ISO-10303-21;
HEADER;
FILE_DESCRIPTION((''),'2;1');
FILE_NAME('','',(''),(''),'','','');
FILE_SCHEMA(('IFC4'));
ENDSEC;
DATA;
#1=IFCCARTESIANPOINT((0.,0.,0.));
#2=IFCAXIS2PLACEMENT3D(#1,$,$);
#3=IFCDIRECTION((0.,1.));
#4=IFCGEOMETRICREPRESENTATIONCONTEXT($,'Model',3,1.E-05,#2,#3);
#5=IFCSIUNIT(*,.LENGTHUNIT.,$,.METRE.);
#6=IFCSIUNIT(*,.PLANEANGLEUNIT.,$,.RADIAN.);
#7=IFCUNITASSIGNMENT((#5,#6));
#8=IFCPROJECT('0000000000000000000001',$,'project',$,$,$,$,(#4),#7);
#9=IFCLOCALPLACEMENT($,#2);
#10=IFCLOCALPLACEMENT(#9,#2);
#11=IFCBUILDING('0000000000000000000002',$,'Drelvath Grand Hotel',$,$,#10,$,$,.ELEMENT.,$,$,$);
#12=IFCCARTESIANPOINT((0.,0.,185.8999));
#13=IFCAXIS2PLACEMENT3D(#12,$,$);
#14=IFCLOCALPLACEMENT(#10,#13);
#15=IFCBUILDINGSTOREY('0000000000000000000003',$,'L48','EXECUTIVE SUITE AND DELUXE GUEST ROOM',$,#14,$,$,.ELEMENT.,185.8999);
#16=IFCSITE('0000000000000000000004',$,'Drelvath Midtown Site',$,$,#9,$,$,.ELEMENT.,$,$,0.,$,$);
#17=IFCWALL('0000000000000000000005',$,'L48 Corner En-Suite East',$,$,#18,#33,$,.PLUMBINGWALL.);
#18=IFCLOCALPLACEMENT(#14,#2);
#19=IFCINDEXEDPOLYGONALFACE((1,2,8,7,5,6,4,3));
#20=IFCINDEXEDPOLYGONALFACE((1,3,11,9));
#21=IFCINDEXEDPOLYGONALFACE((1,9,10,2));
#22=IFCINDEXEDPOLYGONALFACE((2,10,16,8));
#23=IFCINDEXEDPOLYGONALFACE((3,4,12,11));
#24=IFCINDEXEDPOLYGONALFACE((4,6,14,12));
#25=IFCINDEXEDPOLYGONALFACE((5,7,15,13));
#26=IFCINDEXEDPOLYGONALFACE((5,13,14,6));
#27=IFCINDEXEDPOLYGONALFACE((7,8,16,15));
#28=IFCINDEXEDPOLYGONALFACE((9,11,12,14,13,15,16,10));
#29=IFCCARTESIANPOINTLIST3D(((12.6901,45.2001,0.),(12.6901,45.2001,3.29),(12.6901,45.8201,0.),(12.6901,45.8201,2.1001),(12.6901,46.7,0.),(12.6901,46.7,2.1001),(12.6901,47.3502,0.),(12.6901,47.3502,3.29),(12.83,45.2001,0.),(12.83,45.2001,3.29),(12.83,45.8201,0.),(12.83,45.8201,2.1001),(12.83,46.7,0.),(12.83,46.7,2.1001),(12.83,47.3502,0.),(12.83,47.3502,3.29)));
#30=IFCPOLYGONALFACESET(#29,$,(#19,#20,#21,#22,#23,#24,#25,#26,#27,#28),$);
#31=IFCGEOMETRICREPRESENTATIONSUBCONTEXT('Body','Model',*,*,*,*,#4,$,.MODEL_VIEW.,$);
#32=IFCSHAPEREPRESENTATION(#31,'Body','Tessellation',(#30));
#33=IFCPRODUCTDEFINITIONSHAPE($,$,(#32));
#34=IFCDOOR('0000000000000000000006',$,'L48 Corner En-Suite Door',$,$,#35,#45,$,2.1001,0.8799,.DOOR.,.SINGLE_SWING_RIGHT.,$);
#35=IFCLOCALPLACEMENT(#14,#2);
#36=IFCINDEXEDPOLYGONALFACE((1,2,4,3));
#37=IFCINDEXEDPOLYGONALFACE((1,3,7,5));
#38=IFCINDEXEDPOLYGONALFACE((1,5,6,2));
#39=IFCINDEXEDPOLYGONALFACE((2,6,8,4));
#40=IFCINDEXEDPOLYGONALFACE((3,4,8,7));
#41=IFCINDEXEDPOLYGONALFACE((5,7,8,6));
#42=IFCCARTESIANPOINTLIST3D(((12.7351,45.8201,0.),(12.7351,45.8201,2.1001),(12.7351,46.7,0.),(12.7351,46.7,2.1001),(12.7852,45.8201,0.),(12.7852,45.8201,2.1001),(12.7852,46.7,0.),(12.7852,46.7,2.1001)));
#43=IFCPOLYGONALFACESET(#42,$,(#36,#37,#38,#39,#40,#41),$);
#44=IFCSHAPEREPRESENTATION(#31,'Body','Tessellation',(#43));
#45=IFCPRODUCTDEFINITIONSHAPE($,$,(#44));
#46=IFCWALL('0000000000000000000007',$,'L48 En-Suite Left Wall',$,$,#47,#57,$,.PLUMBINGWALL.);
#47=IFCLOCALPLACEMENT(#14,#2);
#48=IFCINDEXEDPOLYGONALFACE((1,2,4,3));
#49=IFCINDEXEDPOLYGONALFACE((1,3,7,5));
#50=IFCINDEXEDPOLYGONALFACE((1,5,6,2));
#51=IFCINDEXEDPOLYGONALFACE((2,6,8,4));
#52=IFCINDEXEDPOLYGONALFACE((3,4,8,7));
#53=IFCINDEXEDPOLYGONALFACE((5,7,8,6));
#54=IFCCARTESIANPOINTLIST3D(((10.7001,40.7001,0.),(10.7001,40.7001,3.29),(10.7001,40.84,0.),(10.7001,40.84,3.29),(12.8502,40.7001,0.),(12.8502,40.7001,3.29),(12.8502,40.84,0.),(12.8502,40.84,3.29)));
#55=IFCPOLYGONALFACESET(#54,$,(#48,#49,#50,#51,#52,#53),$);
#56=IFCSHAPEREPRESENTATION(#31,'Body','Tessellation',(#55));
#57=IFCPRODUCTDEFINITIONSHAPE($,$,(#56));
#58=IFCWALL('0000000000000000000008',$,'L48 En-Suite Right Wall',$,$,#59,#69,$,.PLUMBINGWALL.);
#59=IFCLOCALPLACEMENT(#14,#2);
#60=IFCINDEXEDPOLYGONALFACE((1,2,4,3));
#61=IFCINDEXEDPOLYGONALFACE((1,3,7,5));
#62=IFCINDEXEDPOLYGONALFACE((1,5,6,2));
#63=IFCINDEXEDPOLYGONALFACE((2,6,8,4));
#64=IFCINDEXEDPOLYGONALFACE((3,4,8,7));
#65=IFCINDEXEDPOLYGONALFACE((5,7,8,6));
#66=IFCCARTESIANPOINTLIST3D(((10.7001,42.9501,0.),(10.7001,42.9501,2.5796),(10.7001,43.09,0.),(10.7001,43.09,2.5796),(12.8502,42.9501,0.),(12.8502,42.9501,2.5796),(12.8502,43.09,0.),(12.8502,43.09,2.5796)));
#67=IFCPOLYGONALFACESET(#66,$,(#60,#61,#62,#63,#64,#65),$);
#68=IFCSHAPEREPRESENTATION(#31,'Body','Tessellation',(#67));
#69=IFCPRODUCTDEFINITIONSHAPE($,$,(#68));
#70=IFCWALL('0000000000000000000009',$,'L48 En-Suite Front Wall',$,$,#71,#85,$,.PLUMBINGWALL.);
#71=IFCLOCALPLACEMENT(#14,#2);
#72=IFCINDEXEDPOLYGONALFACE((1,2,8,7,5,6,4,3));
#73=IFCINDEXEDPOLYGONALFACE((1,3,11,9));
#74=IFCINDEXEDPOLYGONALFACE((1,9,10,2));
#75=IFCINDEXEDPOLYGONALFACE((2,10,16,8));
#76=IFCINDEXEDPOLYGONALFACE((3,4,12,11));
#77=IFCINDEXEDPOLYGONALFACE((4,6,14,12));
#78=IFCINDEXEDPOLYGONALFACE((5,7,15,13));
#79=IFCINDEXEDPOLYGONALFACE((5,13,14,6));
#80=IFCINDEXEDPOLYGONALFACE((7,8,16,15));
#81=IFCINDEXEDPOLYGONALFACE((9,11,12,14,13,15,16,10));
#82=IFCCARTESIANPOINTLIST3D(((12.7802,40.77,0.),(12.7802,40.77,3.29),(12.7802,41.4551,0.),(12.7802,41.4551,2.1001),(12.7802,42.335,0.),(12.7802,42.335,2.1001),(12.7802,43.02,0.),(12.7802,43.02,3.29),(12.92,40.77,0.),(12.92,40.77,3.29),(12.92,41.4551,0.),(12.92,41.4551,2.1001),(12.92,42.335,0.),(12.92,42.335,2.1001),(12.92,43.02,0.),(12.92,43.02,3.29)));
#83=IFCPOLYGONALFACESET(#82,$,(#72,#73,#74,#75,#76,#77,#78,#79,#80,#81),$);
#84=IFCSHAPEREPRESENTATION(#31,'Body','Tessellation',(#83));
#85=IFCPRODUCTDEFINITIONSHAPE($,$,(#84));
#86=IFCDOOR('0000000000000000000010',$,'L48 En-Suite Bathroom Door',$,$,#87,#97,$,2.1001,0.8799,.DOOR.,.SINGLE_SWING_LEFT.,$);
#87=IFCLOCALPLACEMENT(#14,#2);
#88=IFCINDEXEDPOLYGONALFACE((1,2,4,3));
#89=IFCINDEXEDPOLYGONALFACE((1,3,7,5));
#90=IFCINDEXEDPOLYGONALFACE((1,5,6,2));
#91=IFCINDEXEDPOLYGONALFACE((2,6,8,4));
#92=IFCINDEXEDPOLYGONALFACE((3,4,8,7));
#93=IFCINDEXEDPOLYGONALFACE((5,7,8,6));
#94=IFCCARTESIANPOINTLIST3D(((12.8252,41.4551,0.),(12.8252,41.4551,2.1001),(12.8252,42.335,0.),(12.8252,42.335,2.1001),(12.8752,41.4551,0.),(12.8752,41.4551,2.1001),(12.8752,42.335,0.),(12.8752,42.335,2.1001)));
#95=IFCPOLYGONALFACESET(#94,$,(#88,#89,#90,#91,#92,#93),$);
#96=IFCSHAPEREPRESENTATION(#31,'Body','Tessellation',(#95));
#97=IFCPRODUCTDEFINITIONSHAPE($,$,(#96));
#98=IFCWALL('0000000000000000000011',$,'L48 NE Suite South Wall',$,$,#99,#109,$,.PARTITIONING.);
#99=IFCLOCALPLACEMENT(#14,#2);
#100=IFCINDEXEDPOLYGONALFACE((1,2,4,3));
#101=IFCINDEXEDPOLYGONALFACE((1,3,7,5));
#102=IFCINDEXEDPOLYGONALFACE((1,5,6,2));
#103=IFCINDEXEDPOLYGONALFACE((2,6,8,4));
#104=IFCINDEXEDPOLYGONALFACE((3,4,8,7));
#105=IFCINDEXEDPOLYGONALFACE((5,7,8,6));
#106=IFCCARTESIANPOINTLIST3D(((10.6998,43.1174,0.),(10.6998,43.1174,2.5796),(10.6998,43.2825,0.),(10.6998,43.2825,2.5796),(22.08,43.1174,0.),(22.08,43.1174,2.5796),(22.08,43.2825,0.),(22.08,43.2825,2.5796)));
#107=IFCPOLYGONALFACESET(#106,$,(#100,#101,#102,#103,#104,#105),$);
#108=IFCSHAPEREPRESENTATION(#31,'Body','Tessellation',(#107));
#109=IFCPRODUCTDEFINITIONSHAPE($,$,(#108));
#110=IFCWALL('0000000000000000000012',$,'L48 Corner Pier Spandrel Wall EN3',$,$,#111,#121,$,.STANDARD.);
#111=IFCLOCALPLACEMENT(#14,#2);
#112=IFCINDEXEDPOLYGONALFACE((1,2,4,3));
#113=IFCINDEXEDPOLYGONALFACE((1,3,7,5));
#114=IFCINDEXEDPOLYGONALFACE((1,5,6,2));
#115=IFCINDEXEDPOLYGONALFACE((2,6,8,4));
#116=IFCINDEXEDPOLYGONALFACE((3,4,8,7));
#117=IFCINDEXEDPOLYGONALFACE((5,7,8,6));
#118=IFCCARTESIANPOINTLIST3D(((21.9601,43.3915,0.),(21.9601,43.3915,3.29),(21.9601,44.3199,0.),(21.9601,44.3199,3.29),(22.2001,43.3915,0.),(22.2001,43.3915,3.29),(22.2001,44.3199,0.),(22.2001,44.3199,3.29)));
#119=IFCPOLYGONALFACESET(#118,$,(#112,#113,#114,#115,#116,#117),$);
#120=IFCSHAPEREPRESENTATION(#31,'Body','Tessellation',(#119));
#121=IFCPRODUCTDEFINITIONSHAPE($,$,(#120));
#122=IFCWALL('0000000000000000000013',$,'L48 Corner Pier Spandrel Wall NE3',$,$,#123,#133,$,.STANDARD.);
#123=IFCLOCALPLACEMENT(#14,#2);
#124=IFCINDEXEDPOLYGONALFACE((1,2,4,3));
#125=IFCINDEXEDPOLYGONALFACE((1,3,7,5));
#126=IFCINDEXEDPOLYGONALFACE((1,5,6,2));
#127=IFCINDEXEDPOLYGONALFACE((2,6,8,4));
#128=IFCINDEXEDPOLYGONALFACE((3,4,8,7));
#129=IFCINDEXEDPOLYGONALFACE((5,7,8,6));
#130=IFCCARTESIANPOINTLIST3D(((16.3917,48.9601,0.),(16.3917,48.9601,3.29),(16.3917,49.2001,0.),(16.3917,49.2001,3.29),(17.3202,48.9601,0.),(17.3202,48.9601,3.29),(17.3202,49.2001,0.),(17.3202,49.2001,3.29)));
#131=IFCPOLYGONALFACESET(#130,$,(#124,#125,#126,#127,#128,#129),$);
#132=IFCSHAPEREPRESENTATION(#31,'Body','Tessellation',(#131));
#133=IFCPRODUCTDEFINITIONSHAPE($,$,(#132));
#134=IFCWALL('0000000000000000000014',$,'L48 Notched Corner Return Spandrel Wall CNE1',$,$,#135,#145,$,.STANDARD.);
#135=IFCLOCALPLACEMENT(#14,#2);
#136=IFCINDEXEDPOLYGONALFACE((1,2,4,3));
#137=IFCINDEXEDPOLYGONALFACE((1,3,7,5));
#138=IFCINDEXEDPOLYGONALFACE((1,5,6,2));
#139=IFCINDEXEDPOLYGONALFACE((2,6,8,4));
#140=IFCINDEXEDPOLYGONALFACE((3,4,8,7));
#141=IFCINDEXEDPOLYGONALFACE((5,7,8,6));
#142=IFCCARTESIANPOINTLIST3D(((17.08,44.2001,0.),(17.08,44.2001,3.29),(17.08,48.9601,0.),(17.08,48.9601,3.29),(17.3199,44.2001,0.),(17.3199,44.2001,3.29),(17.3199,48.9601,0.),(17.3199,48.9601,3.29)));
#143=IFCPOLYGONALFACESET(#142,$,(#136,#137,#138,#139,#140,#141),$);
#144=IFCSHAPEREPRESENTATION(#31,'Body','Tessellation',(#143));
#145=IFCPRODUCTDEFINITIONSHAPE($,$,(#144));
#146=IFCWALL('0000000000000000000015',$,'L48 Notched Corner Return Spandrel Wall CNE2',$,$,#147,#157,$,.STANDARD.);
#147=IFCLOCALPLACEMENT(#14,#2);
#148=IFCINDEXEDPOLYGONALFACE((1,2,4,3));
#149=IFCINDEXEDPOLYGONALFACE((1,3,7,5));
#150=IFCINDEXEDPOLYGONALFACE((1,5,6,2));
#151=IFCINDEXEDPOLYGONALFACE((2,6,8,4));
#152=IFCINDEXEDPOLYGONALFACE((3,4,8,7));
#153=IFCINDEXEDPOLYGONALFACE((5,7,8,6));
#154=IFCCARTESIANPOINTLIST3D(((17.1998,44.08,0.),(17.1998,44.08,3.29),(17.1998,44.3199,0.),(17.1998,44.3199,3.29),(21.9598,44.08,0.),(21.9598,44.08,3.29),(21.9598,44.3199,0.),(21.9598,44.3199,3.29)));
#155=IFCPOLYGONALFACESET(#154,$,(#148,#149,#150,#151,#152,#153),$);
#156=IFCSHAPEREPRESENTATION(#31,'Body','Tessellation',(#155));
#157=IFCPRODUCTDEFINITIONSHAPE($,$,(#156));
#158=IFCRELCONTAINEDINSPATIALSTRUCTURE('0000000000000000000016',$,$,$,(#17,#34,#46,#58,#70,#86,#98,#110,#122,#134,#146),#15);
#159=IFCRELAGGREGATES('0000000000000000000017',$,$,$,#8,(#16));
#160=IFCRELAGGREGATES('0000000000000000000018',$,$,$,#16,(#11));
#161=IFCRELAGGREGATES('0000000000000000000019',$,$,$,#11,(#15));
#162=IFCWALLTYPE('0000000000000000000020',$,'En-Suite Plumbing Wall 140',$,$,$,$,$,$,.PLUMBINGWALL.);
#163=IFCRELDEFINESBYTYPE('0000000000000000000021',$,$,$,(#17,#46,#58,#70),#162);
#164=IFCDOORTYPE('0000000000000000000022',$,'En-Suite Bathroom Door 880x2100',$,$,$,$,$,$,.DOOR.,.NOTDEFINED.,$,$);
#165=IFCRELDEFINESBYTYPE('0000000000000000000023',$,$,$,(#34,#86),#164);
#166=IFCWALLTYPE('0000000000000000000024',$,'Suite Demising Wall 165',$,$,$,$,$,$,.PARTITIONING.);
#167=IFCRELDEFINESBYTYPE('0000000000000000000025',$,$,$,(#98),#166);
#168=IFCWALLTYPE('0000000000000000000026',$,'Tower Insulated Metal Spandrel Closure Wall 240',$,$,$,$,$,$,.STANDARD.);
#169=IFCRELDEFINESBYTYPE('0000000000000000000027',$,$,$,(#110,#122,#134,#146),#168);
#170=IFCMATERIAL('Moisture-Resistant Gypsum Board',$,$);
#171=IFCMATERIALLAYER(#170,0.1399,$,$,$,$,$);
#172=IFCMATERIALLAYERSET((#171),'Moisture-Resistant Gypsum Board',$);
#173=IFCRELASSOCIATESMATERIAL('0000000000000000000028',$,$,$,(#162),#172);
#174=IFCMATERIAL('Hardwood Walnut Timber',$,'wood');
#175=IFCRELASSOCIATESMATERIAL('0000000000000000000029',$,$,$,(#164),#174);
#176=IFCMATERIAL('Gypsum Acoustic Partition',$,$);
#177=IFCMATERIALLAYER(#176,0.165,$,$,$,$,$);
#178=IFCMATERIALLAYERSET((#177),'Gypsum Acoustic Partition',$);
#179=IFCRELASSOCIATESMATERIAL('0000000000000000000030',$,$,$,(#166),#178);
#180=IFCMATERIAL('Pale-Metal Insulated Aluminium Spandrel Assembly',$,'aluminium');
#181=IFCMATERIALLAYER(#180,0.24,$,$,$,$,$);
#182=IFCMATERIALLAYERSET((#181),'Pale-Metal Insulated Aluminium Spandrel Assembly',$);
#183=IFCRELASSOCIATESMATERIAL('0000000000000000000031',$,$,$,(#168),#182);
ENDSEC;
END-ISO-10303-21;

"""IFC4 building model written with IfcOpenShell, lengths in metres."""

from ifc_helpers import new_model, si_unit, direction, frame, frame_2d, origin, place, context, subcontext, project, spatial, rectangle, extrude, material, layer, layer_set, type_object, element, fill, save


model = new_model("IFC4")

# Units and contexts
model_context = context("Model", 3, precision=1e-05, world=origin(), true_north=direction((0.0, 1.0)))
body_context = subcontext(model_context, "Body", "Model", "MODEL_VIEW")
ifc_project = project(units=[si_unit("LENGTHUNIT", "METRE"), si_unit("PLANEANGLEUNIT", "RADIAN")], contexts=[model_context])

# Site, building, storey
site_placement = place(None, origin())
site = spatial("IfcSite", under=ifc_project, at=site_placement, Name="Drelvath Midtown Site", CompositionType="ELEMENT", RefElevation=0.0)
building_placement = place(site_placement, origin())
building = spatial("IfcBuilding", under=site, at=building_placement, Name="Drelvath Grand Hotel", CompositionType="ELEMENT")
storey_placement = place(building_placement, frame((0.0, 0.0, 185.8999)))
storey = spatial("IfcBuildingStorey", under=building, at=storey_placement, Name="L48", Description="EXECUTIVE SUITE AND DELUXE GUEST ROOM", CompositionType="ELEMENT", Elevation=185.8999)

# Shared definitions
ifc_material_1 = material(Name="Moisture-Resistant Gypsum Board")
ifc_layer_1 = layer(ifc_material_1, 0.1399)
ifc_layer_set_1 = layer_set([ifc_layer_1], Name="Moisture-Resistant Gypsum Board")
wall_type_1 = type_object("IfcWallType", Name="En-Suite Plumbing Wall 140", PredefinedType="PLUMBINGWALL", material=ifc_layer_set_1)

# Wall, opening, door
wall_1_placement = place(storey_placement, frame((12.76, 45.2, 0.0), z_axis=(0.0, 0.0, 1.0), x_axis=(0.0, 1.0, 0.0)))
wall_1 = element("IfcWall", 1, at=wall_1_placement, inside=storey, type_object=wall_type_1, Name="L48 Corner En-Suite East", PredefinedType="PLUMBINGWALL", context=body_context, shape_type="SweptSolid", body=[
    extrude(rectangle(XDim=2.1501, YDim=0.1399, at=frame_2d((1.0752, 0.0))), origin(), (0.0, 0.0, 1.0), 3.29),
])
opening_1_placement = place(wall_1_placement, frame((0.6201, 0.0, 0.0)))
opening_1 = element("IfcOpeningElement", 2, at=opening_1_placement, cuts=wall_1, PredefinedType="OPENING", context=body_context, shape_type="SweptSolid", body=[
    extrude(rectangle(XDim=0.8799, YDim=2.1001, at=frame_2d((0.4399, 1.05))), frame((0.0, 0.0798, 0.0), z_axis=(0.0, -1.0, 0.0), x_axis=(1.0, 0.0, 0.0)), (0.0, 0.0, 1.0), 0.1599),
])
ifc_material_2 = material(Name="Hardwood Walnut Timber", Category="wood")
door_type = type_object("IfcDoorType", Name="En-Suite Bathroom Door 880x2100", OperationType="NOTDEFINED", PredefinedType="DOOR", material=ifc_material_2)
door_1_placement = place(opening_1_placement, origin())
door_1 = element("IfcDoor", 3, at=door_1_placement, inside=storey, type_object=door_type, Name="L48 Corner En-Suite Door", OperationType="SINGLE_SWING_RIGHT", OverallHeight=2.1001, OverallWidth=0.8799, PredefinedType="DOOR", context=body_context, shape_type="SweptSolid", body=[
    extrude(rectangle(XDim=0.8799, YDim=2.1001, at=frame_2d((0.4399, 1.05))), frame((0.0, 0.0249, 0.0), z_axis=(0.0, -1.0, 0.0), x_axis=(1.0, 0.0, 0.0)), (0.0, 0.0, 1.0), 0.05),
])
fill(opening_1, door_1)

# Walls
wall_2_placement = place(storey_placement, frame((10.7, 40.77, 0.0), z_axis=(0.0, 0.0, 1.0), x_axis=(1.0, 0.0, 0.0)))
element("IfcWall", 4, at=wall_2_placement, inside=storey, type_object=wall_type_1, Name="L48 En-Suite Left Wall", PredefinedType="PLUMBINGWALL", context=body_context, shape_type="SweptSolid", body=[
    extrude(rectangle(XDim=2.1501, YDim=0.1399, at=frame_2d((1.0752, 0.0))), origin(), (0.0, 0.0, 1.0), 3.29),
])
wall_3_placement = place(storey_placement, frame((10.7, 43.02, 0.0), z_axis=(0.0, 0.0, 1.0), x_axis=(1.0, 0.0, 0.0)))
element("IfcWall", 5, at=wall_3_placement, inside=storey, type_object=wall_type_1, Name="L48 En-Suite Right Wall", PredefinedType="PLUMBINGWALL", context=body_context, shape_type="SweptSolid", body=[
    extrude(rectangle(XDim=2.1501, YDim=0.1399, at=frame_2d((1.0752, 0.0))), origin(), (0.0, 0.0, 1.0), 2.5796),
])

# Wall, opening, door
wall_4_placement = place(storey_placement, frame((12.8501, 40.77, 0.0), z_axis=(0.0, 0.0, 1.0), x_axis=(0.0, 1.0, 0.0)))
wall_4 = element("IfcWall", 6, at=wall_4_placement, inside=storey, type_object=wall_type_1, Name="L48 En-Suite Front Wall", PredefinedType="PLUMBINGWALL", context=body_context, shape_type="SweptSolid", body=[
    extrude(rectangle(XDim=2.25, YDim=0.1399, at=frame_2d((1.125, 0.0))), origin(), (0.0, 0.0, 1.0), 3.29),
])
opening_2_placement = place(wall_4_placement, frame((0.6851, 0.0, 0.0)))
opening_2 = element("IfcOpeningElement", 7, at=opening_2_placement, cuts=wall_4, PredefinedType="OPENING", context=body_context, shape_type="SweptSolid", body=[
    extrude(rectangle(XDim=0.8799, YDim=2.1001, at=frame_2d((0.4399, 1.05))), frame((0.0, 0.0798, 0.0), z_axis=(0.0, -1.0, 0.0), x_axis=(1.0, 0.0, 0.0)), (0.0, 0.0, 1.0), 0.1599),
])
door_2_placement = place(opening_2_placement, origin())
door_2 = element("IfcDoor", 8, at=door_2_placement, inside=storey, type_object=door_type, Name="L48 En-Suite Bathroom Door", OperationType="SINGLE_SWING_LEFT", OverallHeight=2.1001, OverallWidth=0.8799, PredefinedType="DOOR", context=body_context, shape_type="SweptSolid", body=[
    extrude(rectangle(XDim=0.8799, YDim=2.1001, at=frame_2d((0.4399, 1.05))), frame((0.0, 0.0249, 0.0), z_axis=(0.0, -1.0, 0.0), x_axis=(1.0, 0.0, 0.0)), (0.0, 0.0, 1.0), 0.05),
])
fill(opening_2, door_2)

# Walls
ifc_material_3 = material(Name="Gypsum Acoustic Partition")
ifc_layer_2 = layer(ifc_material_3, 0.165)
ifc_layer_set_2 = layer_set([ifc_layer_2], Name="Gypsum Acoustic Partition")
wall_type_2 = type_object("IfcWallType", Name="Suite Demising Wall 165", PredefinedType="PARTITIONING", material=ifc_layer_set_2)
wall_5_placement = place(storey_placement, frame((10.7, 43.2, 0.0), z_axis=(0.0, 0.0, 1.0), x_axis=(1.0, 0.0, 0.0)))
element("IfcWall", 9, at=wall_5_placement, inside=storey, type_object=wall_type_2, Name="L48 NE Suite South Wall", PredefinedType="PARTITIONING", context=body_context, shape_type="SweptSolid", body=[
    extrude(rectangle(XDim=11.3801, YDim=0.165, at=frame_2d((5.6899, 0.0))), origin(), (0.0, 0.0, 1.0), 2.5796),
])
ifc_material_4 = material(Name="Pale-Metal Insulated Aluminium Spandrel Assembly", Category="aluminium")
ifc_layer_3 = layer(ifc_material_4, 0.24)
ifc_layer_set_3 = layer_set([ifc_layer_3], Name="Pale-Metal Insulated Aluminium Spandrel Assembly")
wall_type_3 = type_object("IfcWallType", Name="Tower Insulated Metal Spandrel Closure Wall 240", PredefinedType="STANDARD", material=ifc_layer_set_3)
for number, where, z_axis, x_axis, name in (
    (10, (22.0801, 44.3201, 0.0), (0.0, 0.0, 1.0), (0.0, -1.0, 0.0), "L48 Corner Pier Spandrel Wall EN3"),
    (11, (16.3916, 49.0801, 0.0), (0.0, 0.0, 1.0), (1.0, 0.0, 0.0), "L48 Corner Pier Spandrel Wall NE3"),
):
    element("IfcWall", number, at=place(storey_placement, frame(where, z_axis=z_axis, x_axis=x_axis)), inside=storey, type_object=wall_type_3, Name=name, PredefinedType="STANDARD", context=body_context, shape_type="SweptSolid", body=[
        extrude(rectangle(XDim=0.9285, YDim=0.24, at=frame_2d((0.4644, 0.0))), origin(), (0.0, 0.0, 1.0), 3.29),
    ])
for number, where, z_axis, x_axis, name in (
    (12, (17.2, 48.96, 0.0), (0.0, 0.0, 1.0), (0.0, -1.0, 0.0), "L48 Notched Corner Return Spandrel Wall CNE1"),
    (13, (17.2, 44.2, 0.0), (0.0, 0.0, 1.0), (1.0, 0.0, 0.0), "L48 Notched Corner Return Spandrel Wall CNE2"),
):
    element("IfcWall", number, at=place(storey_placement, frame(where, z_axis=z_axis, x_axis=x_axis)), inside=storey, type_object=wall_type_3, Name=name, PredefinedType="STANDARD", context=body_context, shape_type="SweptSolid", body=[
        extrude(rectangle(XDim=4.76, YDim=0.24, at=frame_2d((2.3799, 0.0))), origin(), (0.0, 0.0, 1.0), 3.29),
    ])

save(model, "model.ifc")
